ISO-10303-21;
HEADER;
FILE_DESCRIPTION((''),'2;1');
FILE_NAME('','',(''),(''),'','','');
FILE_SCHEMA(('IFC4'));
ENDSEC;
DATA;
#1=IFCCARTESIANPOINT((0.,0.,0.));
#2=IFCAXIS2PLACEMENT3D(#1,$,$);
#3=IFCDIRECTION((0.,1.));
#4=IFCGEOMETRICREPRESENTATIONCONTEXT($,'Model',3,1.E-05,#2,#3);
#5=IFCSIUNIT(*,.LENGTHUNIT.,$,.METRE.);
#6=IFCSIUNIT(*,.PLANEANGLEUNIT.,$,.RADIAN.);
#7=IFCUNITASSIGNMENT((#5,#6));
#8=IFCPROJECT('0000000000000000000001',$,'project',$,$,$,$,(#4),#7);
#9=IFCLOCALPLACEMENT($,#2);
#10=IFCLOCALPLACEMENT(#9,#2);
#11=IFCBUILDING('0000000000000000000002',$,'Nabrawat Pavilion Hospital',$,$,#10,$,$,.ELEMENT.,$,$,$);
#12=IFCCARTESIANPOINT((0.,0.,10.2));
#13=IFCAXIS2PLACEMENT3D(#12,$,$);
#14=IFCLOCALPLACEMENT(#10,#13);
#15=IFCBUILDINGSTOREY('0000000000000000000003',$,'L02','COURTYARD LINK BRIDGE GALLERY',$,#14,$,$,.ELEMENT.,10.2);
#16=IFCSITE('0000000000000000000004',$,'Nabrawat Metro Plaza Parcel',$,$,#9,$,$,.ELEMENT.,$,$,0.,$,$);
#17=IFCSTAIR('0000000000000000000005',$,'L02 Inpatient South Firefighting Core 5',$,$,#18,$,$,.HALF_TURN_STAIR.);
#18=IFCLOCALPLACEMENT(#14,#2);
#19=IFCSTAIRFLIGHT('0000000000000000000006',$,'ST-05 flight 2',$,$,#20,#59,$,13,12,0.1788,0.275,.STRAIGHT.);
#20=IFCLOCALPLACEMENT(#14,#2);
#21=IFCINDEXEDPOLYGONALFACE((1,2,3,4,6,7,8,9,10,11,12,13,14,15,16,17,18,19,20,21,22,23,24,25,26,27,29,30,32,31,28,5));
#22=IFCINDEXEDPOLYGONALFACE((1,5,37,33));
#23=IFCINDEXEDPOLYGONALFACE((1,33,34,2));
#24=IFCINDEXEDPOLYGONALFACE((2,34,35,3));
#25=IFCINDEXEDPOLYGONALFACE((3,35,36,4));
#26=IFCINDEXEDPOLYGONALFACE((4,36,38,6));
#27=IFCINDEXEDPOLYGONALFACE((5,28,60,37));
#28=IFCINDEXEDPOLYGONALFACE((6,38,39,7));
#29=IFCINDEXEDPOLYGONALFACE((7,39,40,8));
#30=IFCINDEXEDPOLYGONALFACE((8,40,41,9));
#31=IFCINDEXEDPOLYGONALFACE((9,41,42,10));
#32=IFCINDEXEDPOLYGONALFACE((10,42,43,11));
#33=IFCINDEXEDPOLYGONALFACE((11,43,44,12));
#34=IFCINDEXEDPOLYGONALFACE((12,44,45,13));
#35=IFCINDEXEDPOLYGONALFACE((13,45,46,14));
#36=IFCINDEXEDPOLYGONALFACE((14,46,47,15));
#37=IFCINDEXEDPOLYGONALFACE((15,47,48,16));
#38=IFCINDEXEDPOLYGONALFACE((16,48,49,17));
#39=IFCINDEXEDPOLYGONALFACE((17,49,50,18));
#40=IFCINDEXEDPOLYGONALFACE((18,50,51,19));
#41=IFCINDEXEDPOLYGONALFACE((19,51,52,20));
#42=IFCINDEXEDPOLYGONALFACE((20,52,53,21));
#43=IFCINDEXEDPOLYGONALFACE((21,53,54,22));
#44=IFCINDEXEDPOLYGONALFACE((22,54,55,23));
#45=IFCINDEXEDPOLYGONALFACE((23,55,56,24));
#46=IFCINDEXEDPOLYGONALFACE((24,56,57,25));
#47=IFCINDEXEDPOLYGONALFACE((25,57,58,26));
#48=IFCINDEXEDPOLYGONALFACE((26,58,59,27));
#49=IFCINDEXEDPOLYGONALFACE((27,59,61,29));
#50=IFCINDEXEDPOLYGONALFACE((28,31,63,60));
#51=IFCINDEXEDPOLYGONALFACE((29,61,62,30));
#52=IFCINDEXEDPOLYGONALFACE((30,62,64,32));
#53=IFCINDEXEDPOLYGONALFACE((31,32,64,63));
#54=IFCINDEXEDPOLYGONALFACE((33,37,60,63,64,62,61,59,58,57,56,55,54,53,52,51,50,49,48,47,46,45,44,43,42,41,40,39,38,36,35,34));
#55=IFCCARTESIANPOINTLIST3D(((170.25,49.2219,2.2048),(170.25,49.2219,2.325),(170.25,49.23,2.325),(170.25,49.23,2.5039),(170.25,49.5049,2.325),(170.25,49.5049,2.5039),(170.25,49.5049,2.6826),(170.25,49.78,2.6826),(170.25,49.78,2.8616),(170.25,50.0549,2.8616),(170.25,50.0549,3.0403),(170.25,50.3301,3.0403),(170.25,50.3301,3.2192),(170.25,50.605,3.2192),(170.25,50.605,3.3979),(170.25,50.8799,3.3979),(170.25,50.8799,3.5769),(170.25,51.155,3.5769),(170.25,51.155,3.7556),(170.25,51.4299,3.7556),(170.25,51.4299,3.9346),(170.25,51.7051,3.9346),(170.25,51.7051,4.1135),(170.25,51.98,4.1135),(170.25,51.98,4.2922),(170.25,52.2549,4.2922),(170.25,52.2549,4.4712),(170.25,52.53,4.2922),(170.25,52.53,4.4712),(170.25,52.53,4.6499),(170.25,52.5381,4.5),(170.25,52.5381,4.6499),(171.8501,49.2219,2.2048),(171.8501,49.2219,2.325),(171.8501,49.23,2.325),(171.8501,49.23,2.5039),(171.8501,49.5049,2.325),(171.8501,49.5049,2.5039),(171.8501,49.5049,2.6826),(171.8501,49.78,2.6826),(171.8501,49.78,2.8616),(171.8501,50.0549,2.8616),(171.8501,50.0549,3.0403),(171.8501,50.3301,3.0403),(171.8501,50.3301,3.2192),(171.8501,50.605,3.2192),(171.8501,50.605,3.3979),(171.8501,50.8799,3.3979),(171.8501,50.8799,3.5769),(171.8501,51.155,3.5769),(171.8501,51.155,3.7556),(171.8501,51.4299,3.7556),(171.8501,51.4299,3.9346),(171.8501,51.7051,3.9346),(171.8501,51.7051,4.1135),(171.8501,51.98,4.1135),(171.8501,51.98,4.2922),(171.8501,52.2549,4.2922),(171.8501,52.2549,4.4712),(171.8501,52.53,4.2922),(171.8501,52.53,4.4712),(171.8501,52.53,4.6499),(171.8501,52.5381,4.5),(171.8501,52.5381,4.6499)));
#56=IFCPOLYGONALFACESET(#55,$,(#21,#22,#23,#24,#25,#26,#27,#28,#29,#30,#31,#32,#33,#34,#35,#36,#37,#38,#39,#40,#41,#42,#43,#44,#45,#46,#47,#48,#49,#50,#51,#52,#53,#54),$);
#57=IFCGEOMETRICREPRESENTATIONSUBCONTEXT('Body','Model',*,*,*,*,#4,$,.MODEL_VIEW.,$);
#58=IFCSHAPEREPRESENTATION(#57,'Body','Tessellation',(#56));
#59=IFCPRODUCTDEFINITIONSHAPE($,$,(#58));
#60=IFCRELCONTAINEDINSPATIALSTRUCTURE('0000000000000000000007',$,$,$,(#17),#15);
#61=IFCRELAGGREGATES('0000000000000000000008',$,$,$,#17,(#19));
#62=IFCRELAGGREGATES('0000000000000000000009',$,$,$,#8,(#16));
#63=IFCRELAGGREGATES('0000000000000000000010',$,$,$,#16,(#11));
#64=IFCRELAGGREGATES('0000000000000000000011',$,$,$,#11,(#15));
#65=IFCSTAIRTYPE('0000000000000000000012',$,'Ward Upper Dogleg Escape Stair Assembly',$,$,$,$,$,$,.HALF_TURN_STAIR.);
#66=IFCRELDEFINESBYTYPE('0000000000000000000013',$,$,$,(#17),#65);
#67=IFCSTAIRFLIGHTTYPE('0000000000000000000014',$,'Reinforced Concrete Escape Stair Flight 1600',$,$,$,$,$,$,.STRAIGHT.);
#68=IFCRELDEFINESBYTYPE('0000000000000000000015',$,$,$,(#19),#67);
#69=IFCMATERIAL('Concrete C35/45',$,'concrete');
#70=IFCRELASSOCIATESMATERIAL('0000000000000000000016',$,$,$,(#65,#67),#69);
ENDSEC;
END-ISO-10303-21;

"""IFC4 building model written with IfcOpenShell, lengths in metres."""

from ifc_helpers import new_model, si_unit, direction, frame, origin, place, context, subcontext, project, spatial, polyline, outline, extrude, material, type_object, element, aggregate, save


model = new_model("IFC4")

# Units and contexts
model_context = context("Model", 3, precision=1e-05, world=origin(), true_north=direction((0.0, 1.0)))
body_context = subcontext(model_context, "Body", "Model", "MODEL_VIEW")
ifc_project = project(units=[si_unit("LENGTHUNIT", "METRE"), si_unit("PLANEANGLEUNIT", "RADIAN")], contexts=[model_context])

# Site, building, storey
site_placement = place(None, origin())
site = spatial("IfcSite", under=ifc_project, at=site_placement, Name="Nabrawat Metro Plaza Parcel", CompositionType="ELEMENT", RefElevation=0.0)
building_placement = place(site_placement, origin())
building = spatial("IfcBuilding", under=site, at=building_placement, Name="Nabrawat Pavilion Hospital", CompositionType="ELEMENT")
storey_placement = place(building_placement, frame((0.0, 0.0, 10.2)))
storey = spatial("IfcBuildingStorey", under=building, at=storey_placement, Name="L02", Description="COURTYARD LINK BRIDGE GALLERY", CompositionType="ELEMENT", Elevation=10.2)

# Shared definitions
ifc_material_1 = material(Name="Concrete C35/45", Category="concrete")

# Stair, stair flight
stair_type = type_object("IfcStairType", Name="Ward Upper Dogleg Escape Stair Assembly", PredefinedType="HALF_TURN_STAIR", material=ifc_material_1)
stair_placement = place(storey_placement, origin())
stair = element("IfcStair", 1, at=stair_placement, inside=storey, type_object=stair_type, Name="L02 Inpatient South Firefighting Core 5", PredefinedType="HALF_TURN_STAIR")
stair_flight_type = type_object("IfcStairFlightType", Name="Reinforced Concrete Escape Stair Flight 1600", PredefinedType="STRAIGHT", material=ifc_material_1)
stair_flight_1_placement = place(storey_placement, frame((171.05, 49.23, 2.325), z_axis=(0.0, 0.0, 1.0), x_axis=(0.0, 1.0, 0.0)))
stair_flight_1 = element("IfcStairFlight", 2, at=stair_flight_1_placement, type_object=stair_flight_type, Name="ST-05 flight 2", NumberOfRisers=13, NumberOfTreads=12, PredefinedType="STRAIGHT", RiserHeight=0.1788, TreadLength=0.275, context=body_context, shape_type="SweptSolid", body=[
    extrude(outline(polyline([(-0.0081, 0.0), (0.0, 0.0), (0.0, 0.179), (0.2749, 0.179), (0.2749, 0.3577), (0.55, 0.3577), (0.55, 0.5366), (0.825, 0.5366), (0.825, 0.7153), (1.1001, 0.7153), (1.1001, 0.8943), (1.375, 0.8943), (1.375, 1.073), (1.6499, 1.073), (1.6499, 1.252), (1.925, 1.252), (1.925, 1.4307), (2.2, 1.4307), (2.2, 1.6096), (2.4751, 1.6096), (2.4751, 1.7886), (2.75, 1.7886), (2.75, 1.9673), (3.0249, 1.9673), (3.0249, 2.1462), (3.3, 2.1462), (3.3, 2.325), (3.3081, 2.325), (3.3081, 2.175), (3.3, 1.9673), (0.2749, 0.0), (-0.0081, -0.1201), (-0.0081, 0.0)])), frame((0.0, 0.8, 0.0), z_axis=(0.0, -1.0, 0.0), x_axis=(1.0, 0.0, 0.0)), (0.0, 0.0, 1.0), 1.6001),
])
aggregate(stair, [stair_flight_1])

save(model, "model.ifc")
